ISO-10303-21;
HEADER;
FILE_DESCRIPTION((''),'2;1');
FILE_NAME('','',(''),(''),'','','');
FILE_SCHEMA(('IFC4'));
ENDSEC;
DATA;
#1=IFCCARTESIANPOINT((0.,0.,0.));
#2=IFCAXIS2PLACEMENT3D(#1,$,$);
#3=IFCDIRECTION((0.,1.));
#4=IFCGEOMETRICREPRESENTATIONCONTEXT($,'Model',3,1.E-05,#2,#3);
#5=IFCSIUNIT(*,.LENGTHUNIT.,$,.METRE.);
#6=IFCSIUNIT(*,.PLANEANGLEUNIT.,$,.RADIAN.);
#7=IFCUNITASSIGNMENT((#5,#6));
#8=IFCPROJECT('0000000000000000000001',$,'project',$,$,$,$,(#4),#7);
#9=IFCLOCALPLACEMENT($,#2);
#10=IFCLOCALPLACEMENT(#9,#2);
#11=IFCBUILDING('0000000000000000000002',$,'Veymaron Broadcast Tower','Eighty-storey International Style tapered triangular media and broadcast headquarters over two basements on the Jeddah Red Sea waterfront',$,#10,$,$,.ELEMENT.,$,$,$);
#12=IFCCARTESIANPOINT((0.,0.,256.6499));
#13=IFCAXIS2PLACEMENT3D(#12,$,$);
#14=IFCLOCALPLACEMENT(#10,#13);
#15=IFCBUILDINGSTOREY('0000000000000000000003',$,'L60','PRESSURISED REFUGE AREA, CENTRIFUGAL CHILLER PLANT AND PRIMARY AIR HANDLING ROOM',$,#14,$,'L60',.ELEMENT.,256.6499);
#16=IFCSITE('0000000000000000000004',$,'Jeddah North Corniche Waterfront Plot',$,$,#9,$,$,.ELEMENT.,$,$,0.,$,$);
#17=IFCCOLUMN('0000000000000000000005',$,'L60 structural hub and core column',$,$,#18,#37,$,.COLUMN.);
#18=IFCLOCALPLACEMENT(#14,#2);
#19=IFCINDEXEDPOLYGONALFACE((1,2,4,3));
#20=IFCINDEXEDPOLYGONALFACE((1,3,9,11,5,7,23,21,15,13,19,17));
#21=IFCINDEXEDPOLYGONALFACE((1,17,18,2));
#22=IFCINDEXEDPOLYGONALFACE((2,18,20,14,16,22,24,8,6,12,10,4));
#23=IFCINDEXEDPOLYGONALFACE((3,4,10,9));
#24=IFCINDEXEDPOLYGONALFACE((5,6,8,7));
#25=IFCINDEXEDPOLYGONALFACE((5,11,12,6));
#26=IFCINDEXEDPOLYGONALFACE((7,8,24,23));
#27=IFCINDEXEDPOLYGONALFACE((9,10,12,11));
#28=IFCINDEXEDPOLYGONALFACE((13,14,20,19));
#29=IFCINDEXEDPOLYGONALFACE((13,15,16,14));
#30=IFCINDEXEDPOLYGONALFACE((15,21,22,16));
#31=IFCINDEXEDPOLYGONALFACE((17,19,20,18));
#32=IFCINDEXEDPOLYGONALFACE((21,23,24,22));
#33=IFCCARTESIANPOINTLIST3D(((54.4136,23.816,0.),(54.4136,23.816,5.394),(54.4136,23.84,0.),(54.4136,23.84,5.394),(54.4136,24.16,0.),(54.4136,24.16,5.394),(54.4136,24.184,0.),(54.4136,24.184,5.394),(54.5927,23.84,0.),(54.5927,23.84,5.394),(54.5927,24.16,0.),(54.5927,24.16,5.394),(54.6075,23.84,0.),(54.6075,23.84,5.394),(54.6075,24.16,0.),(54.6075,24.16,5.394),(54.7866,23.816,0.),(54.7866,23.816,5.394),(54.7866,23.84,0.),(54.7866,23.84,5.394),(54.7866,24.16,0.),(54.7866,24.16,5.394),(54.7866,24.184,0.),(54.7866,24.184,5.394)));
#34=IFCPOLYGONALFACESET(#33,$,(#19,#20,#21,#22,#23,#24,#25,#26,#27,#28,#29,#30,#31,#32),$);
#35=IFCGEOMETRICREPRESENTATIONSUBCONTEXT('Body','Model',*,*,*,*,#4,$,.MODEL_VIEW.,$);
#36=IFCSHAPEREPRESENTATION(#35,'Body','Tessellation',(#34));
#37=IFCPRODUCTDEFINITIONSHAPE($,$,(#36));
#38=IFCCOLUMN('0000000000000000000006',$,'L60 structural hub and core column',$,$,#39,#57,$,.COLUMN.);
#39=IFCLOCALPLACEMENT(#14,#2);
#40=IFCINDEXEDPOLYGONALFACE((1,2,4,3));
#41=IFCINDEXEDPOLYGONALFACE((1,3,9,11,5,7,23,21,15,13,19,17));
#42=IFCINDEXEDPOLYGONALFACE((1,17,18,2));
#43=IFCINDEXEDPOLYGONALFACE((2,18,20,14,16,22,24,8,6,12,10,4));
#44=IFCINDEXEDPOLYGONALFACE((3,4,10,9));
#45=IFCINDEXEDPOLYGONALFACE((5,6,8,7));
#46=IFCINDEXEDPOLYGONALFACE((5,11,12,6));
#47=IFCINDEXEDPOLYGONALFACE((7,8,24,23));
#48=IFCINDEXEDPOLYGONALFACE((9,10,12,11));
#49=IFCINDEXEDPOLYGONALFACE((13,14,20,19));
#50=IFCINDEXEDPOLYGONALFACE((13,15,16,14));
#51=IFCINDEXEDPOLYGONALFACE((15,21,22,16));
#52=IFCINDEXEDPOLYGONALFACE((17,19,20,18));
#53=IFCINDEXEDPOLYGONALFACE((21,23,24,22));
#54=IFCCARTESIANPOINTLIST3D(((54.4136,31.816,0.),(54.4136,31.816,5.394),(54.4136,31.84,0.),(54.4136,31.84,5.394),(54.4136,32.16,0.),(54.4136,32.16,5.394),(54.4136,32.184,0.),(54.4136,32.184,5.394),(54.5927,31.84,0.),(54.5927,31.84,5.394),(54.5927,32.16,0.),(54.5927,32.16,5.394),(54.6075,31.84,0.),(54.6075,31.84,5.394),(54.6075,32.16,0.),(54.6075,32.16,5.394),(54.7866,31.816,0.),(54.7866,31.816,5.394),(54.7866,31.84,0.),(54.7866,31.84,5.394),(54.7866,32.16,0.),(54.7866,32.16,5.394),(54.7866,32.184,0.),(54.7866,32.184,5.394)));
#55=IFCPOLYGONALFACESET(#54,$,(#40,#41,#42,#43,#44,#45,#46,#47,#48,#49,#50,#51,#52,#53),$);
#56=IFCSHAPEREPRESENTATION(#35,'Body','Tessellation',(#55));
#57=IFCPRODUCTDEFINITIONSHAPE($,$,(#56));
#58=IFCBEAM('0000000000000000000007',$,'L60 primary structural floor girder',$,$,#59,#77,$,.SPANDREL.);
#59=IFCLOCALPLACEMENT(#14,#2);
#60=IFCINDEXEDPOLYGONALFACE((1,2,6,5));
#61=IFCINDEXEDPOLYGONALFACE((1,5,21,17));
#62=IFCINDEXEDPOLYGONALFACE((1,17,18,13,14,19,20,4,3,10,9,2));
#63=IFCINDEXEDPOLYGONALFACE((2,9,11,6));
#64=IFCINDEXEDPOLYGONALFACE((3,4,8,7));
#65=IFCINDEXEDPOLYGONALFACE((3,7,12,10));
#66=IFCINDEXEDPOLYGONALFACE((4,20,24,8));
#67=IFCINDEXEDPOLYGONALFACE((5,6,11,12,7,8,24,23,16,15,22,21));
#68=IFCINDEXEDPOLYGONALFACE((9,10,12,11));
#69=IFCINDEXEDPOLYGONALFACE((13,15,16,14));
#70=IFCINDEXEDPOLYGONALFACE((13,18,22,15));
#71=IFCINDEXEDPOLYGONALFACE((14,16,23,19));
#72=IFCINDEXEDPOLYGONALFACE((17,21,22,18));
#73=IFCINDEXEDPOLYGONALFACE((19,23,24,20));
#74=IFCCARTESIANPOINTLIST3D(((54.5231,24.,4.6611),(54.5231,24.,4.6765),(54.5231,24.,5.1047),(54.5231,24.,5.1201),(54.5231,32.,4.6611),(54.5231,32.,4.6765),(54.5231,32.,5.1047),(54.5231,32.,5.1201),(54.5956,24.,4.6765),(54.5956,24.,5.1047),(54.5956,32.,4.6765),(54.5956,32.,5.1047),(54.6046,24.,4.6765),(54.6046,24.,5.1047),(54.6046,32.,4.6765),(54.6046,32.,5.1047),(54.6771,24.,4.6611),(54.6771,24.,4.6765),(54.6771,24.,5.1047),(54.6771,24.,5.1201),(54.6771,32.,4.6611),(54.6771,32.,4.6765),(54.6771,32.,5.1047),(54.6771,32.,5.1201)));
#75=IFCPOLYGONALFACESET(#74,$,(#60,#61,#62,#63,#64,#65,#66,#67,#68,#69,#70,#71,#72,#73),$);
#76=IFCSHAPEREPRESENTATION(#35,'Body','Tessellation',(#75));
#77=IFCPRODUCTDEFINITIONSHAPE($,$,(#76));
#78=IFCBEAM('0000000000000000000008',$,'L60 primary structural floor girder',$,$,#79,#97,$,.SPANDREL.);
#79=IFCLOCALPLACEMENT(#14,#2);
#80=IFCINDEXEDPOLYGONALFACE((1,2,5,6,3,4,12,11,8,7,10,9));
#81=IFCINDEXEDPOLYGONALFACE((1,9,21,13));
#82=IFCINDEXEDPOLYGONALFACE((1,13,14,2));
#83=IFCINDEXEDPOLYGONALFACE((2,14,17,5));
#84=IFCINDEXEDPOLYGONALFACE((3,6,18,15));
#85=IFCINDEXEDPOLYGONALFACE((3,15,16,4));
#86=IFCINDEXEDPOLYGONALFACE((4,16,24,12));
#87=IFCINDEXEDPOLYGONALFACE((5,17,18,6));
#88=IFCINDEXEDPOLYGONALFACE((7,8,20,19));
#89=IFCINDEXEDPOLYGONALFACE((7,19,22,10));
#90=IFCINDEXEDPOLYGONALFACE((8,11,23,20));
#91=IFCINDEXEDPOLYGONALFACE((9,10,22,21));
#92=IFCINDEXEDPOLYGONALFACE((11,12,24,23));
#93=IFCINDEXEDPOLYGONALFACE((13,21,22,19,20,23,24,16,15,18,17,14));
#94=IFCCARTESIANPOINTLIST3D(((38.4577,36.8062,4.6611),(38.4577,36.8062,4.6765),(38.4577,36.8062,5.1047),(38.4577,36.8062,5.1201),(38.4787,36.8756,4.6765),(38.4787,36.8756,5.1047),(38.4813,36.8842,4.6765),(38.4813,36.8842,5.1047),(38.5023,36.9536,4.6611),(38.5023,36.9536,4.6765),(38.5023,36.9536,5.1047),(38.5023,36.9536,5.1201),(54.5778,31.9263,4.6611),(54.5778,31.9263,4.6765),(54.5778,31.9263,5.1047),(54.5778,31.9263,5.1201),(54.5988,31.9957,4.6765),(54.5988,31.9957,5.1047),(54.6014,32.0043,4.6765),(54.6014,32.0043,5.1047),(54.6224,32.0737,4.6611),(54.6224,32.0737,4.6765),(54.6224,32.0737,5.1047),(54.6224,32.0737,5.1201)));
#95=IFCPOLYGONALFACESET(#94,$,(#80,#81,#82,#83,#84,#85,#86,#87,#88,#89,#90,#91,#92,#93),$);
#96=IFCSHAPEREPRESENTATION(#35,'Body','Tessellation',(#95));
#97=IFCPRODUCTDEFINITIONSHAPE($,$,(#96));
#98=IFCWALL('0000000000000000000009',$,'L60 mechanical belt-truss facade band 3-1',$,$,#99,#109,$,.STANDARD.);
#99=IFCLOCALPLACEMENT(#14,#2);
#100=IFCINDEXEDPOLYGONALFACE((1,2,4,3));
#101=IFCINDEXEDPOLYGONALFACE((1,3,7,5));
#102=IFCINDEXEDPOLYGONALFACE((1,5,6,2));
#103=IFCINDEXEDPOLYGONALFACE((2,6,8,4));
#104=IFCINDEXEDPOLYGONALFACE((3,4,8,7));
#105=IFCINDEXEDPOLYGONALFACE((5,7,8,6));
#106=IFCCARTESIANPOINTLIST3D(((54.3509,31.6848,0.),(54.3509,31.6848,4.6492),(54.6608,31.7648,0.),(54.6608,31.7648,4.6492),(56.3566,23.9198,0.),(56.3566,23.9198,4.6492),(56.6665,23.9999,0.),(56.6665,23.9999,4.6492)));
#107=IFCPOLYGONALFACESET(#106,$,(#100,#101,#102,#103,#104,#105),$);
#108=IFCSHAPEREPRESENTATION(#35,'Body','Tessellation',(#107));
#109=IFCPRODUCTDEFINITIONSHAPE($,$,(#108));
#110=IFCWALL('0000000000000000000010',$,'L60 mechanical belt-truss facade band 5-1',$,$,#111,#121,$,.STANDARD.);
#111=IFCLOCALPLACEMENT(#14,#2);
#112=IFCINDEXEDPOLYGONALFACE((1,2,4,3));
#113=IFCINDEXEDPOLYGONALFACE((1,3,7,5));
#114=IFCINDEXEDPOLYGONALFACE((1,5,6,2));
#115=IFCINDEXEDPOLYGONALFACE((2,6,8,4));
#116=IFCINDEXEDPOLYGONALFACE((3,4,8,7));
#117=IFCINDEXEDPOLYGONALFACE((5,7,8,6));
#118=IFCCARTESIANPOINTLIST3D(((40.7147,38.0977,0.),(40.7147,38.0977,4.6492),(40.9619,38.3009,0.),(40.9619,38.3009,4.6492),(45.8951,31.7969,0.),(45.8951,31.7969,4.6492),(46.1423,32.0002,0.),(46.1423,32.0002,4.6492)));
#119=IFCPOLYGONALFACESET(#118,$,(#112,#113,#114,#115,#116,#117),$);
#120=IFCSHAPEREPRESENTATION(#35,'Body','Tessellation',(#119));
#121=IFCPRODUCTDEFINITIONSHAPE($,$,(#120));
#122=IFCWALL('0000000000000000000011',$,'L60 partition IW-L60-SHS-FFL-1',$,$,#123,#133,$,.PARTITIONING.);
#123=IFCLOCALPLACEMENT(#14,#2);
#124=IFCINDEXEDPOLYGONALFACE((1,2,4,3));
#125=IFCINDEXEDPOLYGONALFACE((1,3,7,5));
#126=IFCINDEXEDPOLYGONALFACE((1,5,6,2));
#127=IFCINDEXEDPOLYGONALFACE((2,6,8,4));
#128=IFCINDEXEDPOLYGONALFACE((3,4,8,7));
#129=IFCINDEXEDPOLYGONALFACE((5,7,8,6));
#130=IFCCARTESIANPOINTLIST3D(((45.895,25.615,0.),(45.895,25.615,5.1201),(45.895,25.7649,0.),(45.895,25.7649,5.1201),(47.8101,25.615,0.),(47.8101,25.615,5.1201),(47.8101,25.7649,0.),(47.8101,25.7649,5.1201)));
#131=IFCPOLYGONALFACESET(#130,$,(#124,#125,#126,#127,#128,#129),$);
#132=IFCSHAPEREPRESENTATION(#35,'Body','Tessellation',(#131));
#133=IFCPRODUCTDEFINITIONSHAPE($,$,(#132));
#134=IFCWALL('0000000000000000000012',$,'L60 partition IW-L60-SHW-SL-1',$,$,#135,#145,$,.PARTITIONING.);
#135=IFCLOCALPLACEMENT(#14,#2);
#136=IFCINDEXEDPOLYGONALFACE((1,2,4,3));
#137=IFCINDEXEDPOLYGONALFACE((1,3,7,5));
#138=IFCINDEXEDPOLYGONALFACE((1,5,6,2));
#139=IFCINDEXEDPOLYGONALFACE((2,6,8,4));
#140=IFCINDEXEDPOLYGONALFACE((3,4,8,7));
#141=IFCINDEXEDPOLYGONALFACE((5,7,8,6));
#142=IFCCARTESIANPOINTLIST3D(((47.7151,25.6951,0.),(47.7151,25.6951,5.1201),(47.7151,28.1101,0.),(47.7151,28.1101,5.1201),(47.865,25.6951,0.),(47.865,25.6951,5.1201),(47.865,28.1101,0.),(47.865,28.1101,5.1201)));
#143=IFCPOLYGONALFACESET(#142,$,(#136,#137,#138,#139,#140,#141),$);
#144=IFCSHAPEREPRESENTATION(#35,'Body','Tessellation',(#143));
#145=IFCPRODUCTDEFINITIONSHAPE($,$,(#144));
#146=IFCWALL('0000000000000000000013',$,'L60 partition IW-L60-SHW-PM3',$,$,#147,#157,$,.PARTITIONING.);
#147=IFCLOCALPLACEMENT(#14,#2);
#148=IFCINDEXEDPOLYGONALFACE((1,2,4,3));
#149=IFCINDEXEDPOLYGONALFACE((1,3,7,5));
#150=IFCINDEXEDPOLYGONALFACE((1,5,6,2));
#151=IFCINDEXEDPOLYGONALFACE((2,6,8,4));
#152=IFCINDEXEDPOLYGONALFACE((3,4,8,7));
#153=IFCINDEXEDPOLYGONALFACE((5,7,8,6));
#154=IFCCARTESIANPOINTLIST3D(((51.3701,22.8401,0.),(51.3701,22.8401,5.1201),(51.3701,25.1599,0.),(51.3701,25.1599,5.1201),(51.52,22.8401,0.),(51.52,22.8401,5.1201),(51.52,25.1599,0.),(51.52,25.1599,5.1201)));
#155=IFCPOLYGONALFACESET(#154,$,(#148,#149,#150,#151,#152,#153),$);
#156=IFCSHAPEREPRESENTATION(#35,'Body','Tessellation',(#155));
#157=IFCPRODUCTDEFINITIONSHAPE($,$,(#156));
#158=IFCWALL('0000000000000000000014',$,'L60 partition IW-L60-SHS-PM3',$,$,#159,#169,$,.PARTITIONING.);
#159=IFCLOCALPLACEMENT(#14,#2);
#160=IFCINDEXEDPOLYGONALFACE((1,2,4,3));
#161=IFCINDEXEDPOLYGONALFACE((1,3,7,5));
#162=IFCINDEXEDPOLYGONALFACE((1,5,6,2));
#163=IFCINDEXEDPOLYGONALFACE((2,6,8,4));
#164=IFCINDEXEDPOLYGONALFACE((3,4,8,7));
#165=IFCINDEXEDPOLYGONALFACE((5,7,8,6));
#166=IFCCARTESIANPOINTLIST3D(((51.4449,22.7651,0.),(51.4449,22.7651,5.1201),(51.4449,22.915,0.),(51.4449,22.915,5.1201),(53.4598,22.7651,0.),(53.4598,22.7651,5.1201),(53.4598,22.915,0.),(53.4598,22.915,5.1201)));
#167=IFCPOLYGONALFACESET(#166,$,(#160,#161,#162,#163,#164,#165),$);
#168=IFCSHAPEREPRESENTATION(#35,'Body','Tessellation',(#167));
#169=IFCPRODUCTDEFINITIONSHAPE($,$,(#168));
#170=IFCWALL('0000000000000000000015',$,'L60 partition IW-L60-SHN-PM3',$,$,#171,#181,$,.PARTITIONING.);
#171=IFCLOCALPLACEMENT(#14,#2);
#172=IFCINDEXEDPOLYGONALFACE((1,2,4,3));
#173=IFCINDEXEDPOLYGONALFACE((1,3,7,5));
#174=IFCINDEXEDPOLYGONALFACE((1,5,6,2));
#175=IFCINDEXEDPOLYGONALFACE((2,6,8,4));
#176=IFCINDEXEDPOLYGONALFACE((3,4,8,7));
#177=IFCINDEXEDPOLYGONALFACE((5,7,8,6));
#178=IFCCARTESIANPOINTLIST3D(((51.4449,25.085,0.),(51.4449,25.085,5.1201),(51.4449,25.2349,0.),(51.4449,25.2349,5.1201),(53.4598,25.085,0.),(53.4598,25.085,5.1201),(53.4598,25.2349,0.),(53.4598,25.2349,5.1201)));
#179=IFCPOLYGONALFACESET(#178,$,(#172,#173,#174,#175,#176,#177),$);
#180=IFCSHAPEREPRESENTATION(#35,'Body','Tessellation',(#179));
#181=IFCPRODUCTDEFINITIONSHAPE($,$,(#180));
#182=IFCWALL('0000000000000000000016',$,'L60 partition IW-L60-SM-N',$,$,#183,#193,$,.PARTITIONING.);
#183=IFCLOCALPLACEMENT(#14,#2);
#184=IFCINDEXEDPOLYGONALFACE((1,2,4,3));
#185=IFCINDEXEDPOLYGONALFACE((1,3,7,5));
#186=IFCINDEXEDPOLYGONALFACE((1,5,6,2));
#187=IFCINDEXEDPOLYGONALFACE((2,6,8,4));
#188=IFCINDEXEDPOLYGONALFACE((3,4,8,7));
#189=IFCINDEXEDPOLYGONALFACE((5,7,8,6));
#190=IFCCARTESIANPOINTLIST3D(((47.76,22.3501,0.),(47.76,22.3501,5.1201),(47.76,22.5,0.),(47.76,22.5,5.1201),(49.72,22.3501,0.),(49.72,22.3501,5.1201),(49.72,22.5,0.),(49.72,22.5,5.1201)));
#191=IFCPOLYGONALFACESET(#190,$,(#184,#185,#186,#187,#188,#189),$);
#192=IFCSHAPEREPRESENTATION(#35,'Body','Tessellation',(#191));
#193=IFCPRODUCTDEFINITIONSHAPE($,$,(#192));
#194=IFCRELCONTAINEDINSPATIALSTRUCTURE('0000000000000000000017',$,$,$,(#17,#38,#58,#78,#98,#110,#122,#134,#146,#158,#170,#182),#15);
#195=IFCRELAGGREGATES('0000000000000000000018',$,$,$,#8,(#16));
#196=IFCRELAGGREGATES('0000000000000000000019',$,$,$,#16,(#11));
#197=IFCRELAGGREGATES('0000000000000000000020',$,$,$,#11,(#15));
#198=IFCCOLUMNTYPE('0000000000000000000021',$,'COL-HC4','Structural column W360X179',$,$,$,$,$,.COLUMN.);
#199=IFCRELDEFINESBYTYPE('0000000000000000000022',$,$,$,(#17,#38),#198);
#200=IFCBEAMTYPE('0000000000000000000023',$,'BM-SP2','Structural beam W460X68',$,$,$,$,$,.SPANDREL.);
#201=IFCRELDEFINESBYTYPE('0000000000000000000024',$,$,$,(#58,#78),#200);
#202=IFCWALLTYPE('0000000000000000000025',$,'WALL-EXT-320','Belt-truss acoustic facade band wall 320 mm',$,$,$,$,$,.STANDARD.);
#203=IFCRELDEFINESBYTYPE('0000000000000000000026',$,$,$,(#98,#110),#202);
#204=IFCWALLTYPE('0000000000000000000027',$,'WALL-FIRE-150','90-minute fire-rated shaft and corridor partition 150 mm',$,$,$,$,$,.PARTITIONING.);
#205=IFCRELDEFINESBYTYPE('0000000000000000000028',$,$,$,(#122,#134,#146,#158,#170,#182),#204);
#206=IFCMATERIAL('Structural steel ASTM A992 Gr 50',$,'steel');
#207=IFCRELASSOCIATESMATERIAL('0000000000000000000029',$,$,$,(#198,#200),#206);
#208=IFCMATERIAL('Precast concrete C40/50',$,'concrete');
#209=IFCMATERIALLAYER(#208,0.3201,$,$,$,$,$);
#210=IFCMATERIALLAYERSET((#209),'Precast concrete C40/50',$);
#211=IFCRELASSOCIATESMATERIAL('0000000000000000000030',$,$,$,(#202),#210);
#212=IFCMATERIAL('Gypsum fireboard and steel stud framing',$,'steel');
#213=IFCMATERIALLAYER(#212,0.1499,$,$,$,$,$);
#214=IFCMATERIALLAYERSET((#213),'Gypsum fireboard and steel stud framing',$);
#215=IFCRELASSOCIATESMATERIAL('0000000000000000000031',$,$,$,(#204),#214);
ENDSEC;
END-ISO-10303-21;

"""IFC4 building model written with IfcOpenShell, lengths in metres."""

from ifc_helpers import new_model, si_unit, direction, frame, frame_2d, origin, origin_2d, place, context, subcontext, project, spatial, rectangle, i_section, extrude, material, layer, layer_set, material_profile, profile_set, type_object, element, save


model = new_model("IFC4")

# Units and contexts
model_context = context("Model", 3, precision=1e-05, world=origin(), true_north=direction((0.0, 1.0)))
body_context = subcontext(model_context, "Body", "Model", "MODEL_VIEW")
ifc_project = project(units=[si_unit("LENGTHUNIT", "METRE"), si_unit("PLANEANGLEUNIT", "RADIAN")], contexts=[model_context])

# Site, building, storey
site_placement = place(None, origin())
site = spatial("IfcSite", under=ifc_project, at=site_placement, Name="Jeddah North Corniche Waterfront Plot", CompositionType="ELEMENT", RefElevation=0.0)
building_placement = place(site_placement, origin())
building = spatial("IfcBuilding", under=site, at=building_placement, Name="Veymaron Broadcast Tower", Description="Eighty-storey International Style tapered triangular media and broadcast headquarters over two basements on the Jeddah Red Sea waterfront", CompositionType="ELEMENT")
storey_placement = place(building_placement, frame((0.0, 0.0, 256.6499)))
storey = spatial("IfcBuildingStorey", under=building, at=storey_placement, Name="L60", Description="PRESSURISED REFUGE AREA, CENTRIFUGAL CHILLER PLANT AND PRIMARY AIR HANDLING ROOM", LongName="L60", CompositionType="ELEMENT", Elevation=256.6499)

# Columns
ifc_material_1 = material(Name="Structural steel ASTM A992 Gr 50", Category="steel")
ifc_material_profile_1 = material_profile(ifc_material_1, i_section(OverallWidth=0.373, OverallDepth=0.3679, WebThickness=0.0149, FlangeThickness=0.0239, at=origin_2d()), Name="W360X179")
ifc_profile_set_1 = profile_set([ifc_material_profile_1], Name="Structural steel ASTM A992 Gr 50")
column_type = type_object("IfcColumnType", Name="COL-HC4", Description="Structural column W360X179", PredefinedType="COLUMN", material=ifc_profile_set_1)
for number, where, z_axis, x_axis, name in (
    (1, (54.6001, 24.0, 0.0), (0.0, 0.0, 1.0), (1.0, 0.0, 0.0), "L60 structural hub and core column"),
    (2, (54.6001, 32.0, 0.0), (0.0, 0.0, 1.0), (1.0, 0.0, 0.0), "L60 structural hub and core column"),
):
    element("IfcColumn", number, at=place(storey_placement, frame(where, z_axis=z_axis, x_axis=x_axis)), inside=storey, type_object=column_type, Name=name, PredefinedType="COLUMN", context=body_context, shape_type="SweptSolid", body=[
        extrude(i_section(OverallWidth=0.373, OverallDepth=0.3679, WebThickness=0.0149, FlangeThickness=0.0239, at=origin_2d()), origin(), (0.0, 0.0, 1.0), 5.394),
    ])

# Beams
ifc_material_profile_2 = material_profile(ifc_material_1, i_section(OverallWidth=0.1541, OverallDepth=0.459, WebThickness=0.009, FlangeThickness=0.0154, at=origin_2d()), Name="W460X68")
ifc_profile_set_2 = profile_set([ifc_material_profile_2], Name="Structural steel ASTM A992 Gr 50")
beam_type = type_object("IfcBeamType", Name="BM-SP2", Description="Structural beam W460X68", PredefinedType="SPANDREL", material=ifc_profile_set_2)
beam_1_placement = place(storey_placement, frame((54.6001, 24.0, 4.8906), z_axis=(0.0, 1.0, 0.0), x_axis=(-1.0, 0.0, 0.0)))
element("IfcBeam", 3, at=beam_1_placement, inside=storey, type_object=beam_type, Name="L60 primary structural floor girder", PredefinedType="SPANDREL", context=body_context, shape_type="SweptSolid", body=[
    extrude(i_section(OverallWidth=0.1541, OverallDepth=0.459, WebThickness=0.009, FlangeThickness=0.0154, at=origin_2d()), origin(), (0.0, 0.0, 1.0), 8.0),
])
beam_2_placement = place(storey_placement, frame((54.6001, 32.0, 4.8906), z_axis=(-0.957107, 0.289735, 0.0), x_axis=(-0.289735, -0.957107, 0.0)))
element("IfcBeam", 4, at=beam_2_placement, inside=storey, type_object=beam_type, Name="L60 primary structural floor girder", PredefinedType="SPANDREL", context=body_context, shape_type="SweptSolid", body=[
    extrude(i_section(OverallWidth=0.1541, OverallDepth=0.459, WebThickness=0.009, FlangeThickness=0.0154, at=origin_2d()), origin(), (0.0, 0.0, 1.0), 16.8425),
])

# Walls
ifc_material_2 = material(Name="Precast concrete C40/50", Category="concrete")
ifc_layer_1 = layer(ifc_material_2, 0.3201)
ifc_layer_set_1 = layer_set([ifc_layer_1], Name="Precast concrete C40/50")
wall_type_1 = type_object("IfcWallType", Name="WALL-EXT-320", Description="Belt-truss acoustic facade band wall 320 mm", PredefinedType="STANDARD", material=ifc_layer_set_1)
wall_1_placement = place(storey_placement, frame((56.5115, 23.96, 0.0), z_axis=(0.0, 0.0, 1.0), x_axis=(-0.250085, 0.968224, 0.0)))
element("IfcWall", 5, at=wall_1_placement, inside=storey, type_object=wall_type_1, Name="L60 mechanical belt-truss facade band 3-1", PredefinedType="STANDARD", context=body_context, shape_type="SweptSolid", body=[
    extrude(rectangle(XDim=8.0198, YDim=0.3201, at=frame_2d((4.0098, 0.0))), origin(), (0.0, 0.0, 1.0), 4.6492),
])
wall_2_placement = place(storey_placement, frame((46.0188, 31.8984, 0.0), z_axis=(0.0, 0.0, 1.0), x_axis=(-0.635089, 0.772439, 0.0)))
element("IfcWall", 6, at=wall_2_placement, inside=storey, type_object=wall_type_1, Name="L60 mechanical belt-truss facade band 5-1", PredefinedType="STANDARD", context=body_context, shape_type="SweptSolid", body=[
    extrude(rectangle(XDim=8.157, YDim=0.3201, at=frame_2d((4.0786, 0.0))), origin(), (0.0, 0.0, 1.0), 4.6492),
])

# Shared definitions
ifc_material_3 = material(Name="Gypsum fireboard and steel stud framing", Category="steel")
ifc_layer_2 = layer(ifc_material_3, 0.1499)
ifc_layer_set_2 = layer_set([ifc_layer_2], Name="Gypsum fireboard and steel stud framing")
wall_type_2 = type_object("IfcWallType", Name="WALL-FIRE-150", Description="90-minute fire-rated shaft and corridor partition 150 mm", PredefinedType="PARTITIONING", material=ifc_layer_set_2)

# Wall
wall_3_placement = place(storey_placement, frame((45.895, 25.6899, 0.0), z_axis=(0.0, 0.0, 1.0), x_axis=(1.0, 0.0, 0.0)))
element("IfcWall", 7, at=wall_3_placement, inside=storey, type_object=wall_type_2, Name="L60 partition IW-L60-SHS-FFL-1", PredefinedType="PARTITIONING", context=body_context, shape_type="SweptSolid", body=[
    extrude(rectangle(XDim=1.915, YDim=0.1499, at=frame_2d((0.9575, 0.0))), origin(), (0.0, 0.0, 1.0), 5.1201),
])

# Walls
wall_4_placement = place(storey_placement, frame((47.79, 25.6951, 0.0), z_axis=(0.0, 0.0, 1.0), x_axis=(0.0, 1.0, 0.0)))
element("IfcWall", 8, at=wall_4_placement, inside=storey, type_object=wall_type_2, Name="L60 partition IW-L60-SHW-SL-1", PredefinedType="PARTITIONING", context=body_context, shape_type="SweptSolid", body=[
    extrude(rectangle(XDim=2.415, YDim=0.1499, at=frame_2d((1.2075, 0.0))), origin(), (0.0, 0.0, 1.0), 5.1201),
])
wall_5_placement = place(storey_placement, frame((51.4451, 22.8401, 0.0), z_axis=(0.0, 0.0, 1.0), x_axis=(0.0, 1.0, 0.0)))
element("IfcWall", 9, at=wall_5_placement, inside=storey, type_object=wall_type_2, Name="L60 partition IW-L60-SHW-PM3", PredefinedType="PARTITIONING", context=body_context, shape_type="SweptSolid", body=[
    extrude(rectangle(XDim=2.3198, YDim=0.1499, at=frame_2d((1.1599, 0.0))), origin(), (0.0, 0.0, 1.0), 5.1201),
])
for number, where, z_axis, x_axis, name in (
    (10, (51.4451, 22.8401, 0.0), (0.0, 0.0, 1.0), (1.0, 0.0, 0.0), "L60 partition IW-L60-SHS-PM3"),
    (11, (51.4451, 25.1599, 0.0), (0.0, 0.0, 1.0), (1.0, 0.0, 0.0), "L60 partition IW-L60-SHN-PM3"),
):
    element("IfcWall", number, at=place(storey_placement, frame(where, z_axis=z_axis, x_axis=x_axis)), inside=storey, type_object=wall_type_2, Name=name, PredefinedType="PARTITIONING", context=body_context, shape_type="SweptSolid", body=[
        extrude(rectangle(XDim=2.0149, YDim=0.1499, at=frame_2d((1.0073, 0.0))), origin(), (0.0, 0.0, 1.0), 5.1201),
    ])
wall_6_placement = place(storey_placement, frame((47.76, 22.425, 0.0), z_axis=(0.0, 0.0, 1.0), x_axis=(1.0, 0.0, 0.0)))
element("IfcWall", 12, at=wall_6_placement, inside=storey, type_object=wall_type_2, Name="L60 partition IW-L60-SM-N", PredefinedType="PARTITIONING", context=body_context, shape_type="SweptSolid", body=[
    extrude(rectangle(XDim=1.96, YDim=0.1499, at=frame_2d((0.98, 0.0))), origin(), (0.0, 0.0, 1.0), 5.1201),
])

save(model, "model.ifc")
